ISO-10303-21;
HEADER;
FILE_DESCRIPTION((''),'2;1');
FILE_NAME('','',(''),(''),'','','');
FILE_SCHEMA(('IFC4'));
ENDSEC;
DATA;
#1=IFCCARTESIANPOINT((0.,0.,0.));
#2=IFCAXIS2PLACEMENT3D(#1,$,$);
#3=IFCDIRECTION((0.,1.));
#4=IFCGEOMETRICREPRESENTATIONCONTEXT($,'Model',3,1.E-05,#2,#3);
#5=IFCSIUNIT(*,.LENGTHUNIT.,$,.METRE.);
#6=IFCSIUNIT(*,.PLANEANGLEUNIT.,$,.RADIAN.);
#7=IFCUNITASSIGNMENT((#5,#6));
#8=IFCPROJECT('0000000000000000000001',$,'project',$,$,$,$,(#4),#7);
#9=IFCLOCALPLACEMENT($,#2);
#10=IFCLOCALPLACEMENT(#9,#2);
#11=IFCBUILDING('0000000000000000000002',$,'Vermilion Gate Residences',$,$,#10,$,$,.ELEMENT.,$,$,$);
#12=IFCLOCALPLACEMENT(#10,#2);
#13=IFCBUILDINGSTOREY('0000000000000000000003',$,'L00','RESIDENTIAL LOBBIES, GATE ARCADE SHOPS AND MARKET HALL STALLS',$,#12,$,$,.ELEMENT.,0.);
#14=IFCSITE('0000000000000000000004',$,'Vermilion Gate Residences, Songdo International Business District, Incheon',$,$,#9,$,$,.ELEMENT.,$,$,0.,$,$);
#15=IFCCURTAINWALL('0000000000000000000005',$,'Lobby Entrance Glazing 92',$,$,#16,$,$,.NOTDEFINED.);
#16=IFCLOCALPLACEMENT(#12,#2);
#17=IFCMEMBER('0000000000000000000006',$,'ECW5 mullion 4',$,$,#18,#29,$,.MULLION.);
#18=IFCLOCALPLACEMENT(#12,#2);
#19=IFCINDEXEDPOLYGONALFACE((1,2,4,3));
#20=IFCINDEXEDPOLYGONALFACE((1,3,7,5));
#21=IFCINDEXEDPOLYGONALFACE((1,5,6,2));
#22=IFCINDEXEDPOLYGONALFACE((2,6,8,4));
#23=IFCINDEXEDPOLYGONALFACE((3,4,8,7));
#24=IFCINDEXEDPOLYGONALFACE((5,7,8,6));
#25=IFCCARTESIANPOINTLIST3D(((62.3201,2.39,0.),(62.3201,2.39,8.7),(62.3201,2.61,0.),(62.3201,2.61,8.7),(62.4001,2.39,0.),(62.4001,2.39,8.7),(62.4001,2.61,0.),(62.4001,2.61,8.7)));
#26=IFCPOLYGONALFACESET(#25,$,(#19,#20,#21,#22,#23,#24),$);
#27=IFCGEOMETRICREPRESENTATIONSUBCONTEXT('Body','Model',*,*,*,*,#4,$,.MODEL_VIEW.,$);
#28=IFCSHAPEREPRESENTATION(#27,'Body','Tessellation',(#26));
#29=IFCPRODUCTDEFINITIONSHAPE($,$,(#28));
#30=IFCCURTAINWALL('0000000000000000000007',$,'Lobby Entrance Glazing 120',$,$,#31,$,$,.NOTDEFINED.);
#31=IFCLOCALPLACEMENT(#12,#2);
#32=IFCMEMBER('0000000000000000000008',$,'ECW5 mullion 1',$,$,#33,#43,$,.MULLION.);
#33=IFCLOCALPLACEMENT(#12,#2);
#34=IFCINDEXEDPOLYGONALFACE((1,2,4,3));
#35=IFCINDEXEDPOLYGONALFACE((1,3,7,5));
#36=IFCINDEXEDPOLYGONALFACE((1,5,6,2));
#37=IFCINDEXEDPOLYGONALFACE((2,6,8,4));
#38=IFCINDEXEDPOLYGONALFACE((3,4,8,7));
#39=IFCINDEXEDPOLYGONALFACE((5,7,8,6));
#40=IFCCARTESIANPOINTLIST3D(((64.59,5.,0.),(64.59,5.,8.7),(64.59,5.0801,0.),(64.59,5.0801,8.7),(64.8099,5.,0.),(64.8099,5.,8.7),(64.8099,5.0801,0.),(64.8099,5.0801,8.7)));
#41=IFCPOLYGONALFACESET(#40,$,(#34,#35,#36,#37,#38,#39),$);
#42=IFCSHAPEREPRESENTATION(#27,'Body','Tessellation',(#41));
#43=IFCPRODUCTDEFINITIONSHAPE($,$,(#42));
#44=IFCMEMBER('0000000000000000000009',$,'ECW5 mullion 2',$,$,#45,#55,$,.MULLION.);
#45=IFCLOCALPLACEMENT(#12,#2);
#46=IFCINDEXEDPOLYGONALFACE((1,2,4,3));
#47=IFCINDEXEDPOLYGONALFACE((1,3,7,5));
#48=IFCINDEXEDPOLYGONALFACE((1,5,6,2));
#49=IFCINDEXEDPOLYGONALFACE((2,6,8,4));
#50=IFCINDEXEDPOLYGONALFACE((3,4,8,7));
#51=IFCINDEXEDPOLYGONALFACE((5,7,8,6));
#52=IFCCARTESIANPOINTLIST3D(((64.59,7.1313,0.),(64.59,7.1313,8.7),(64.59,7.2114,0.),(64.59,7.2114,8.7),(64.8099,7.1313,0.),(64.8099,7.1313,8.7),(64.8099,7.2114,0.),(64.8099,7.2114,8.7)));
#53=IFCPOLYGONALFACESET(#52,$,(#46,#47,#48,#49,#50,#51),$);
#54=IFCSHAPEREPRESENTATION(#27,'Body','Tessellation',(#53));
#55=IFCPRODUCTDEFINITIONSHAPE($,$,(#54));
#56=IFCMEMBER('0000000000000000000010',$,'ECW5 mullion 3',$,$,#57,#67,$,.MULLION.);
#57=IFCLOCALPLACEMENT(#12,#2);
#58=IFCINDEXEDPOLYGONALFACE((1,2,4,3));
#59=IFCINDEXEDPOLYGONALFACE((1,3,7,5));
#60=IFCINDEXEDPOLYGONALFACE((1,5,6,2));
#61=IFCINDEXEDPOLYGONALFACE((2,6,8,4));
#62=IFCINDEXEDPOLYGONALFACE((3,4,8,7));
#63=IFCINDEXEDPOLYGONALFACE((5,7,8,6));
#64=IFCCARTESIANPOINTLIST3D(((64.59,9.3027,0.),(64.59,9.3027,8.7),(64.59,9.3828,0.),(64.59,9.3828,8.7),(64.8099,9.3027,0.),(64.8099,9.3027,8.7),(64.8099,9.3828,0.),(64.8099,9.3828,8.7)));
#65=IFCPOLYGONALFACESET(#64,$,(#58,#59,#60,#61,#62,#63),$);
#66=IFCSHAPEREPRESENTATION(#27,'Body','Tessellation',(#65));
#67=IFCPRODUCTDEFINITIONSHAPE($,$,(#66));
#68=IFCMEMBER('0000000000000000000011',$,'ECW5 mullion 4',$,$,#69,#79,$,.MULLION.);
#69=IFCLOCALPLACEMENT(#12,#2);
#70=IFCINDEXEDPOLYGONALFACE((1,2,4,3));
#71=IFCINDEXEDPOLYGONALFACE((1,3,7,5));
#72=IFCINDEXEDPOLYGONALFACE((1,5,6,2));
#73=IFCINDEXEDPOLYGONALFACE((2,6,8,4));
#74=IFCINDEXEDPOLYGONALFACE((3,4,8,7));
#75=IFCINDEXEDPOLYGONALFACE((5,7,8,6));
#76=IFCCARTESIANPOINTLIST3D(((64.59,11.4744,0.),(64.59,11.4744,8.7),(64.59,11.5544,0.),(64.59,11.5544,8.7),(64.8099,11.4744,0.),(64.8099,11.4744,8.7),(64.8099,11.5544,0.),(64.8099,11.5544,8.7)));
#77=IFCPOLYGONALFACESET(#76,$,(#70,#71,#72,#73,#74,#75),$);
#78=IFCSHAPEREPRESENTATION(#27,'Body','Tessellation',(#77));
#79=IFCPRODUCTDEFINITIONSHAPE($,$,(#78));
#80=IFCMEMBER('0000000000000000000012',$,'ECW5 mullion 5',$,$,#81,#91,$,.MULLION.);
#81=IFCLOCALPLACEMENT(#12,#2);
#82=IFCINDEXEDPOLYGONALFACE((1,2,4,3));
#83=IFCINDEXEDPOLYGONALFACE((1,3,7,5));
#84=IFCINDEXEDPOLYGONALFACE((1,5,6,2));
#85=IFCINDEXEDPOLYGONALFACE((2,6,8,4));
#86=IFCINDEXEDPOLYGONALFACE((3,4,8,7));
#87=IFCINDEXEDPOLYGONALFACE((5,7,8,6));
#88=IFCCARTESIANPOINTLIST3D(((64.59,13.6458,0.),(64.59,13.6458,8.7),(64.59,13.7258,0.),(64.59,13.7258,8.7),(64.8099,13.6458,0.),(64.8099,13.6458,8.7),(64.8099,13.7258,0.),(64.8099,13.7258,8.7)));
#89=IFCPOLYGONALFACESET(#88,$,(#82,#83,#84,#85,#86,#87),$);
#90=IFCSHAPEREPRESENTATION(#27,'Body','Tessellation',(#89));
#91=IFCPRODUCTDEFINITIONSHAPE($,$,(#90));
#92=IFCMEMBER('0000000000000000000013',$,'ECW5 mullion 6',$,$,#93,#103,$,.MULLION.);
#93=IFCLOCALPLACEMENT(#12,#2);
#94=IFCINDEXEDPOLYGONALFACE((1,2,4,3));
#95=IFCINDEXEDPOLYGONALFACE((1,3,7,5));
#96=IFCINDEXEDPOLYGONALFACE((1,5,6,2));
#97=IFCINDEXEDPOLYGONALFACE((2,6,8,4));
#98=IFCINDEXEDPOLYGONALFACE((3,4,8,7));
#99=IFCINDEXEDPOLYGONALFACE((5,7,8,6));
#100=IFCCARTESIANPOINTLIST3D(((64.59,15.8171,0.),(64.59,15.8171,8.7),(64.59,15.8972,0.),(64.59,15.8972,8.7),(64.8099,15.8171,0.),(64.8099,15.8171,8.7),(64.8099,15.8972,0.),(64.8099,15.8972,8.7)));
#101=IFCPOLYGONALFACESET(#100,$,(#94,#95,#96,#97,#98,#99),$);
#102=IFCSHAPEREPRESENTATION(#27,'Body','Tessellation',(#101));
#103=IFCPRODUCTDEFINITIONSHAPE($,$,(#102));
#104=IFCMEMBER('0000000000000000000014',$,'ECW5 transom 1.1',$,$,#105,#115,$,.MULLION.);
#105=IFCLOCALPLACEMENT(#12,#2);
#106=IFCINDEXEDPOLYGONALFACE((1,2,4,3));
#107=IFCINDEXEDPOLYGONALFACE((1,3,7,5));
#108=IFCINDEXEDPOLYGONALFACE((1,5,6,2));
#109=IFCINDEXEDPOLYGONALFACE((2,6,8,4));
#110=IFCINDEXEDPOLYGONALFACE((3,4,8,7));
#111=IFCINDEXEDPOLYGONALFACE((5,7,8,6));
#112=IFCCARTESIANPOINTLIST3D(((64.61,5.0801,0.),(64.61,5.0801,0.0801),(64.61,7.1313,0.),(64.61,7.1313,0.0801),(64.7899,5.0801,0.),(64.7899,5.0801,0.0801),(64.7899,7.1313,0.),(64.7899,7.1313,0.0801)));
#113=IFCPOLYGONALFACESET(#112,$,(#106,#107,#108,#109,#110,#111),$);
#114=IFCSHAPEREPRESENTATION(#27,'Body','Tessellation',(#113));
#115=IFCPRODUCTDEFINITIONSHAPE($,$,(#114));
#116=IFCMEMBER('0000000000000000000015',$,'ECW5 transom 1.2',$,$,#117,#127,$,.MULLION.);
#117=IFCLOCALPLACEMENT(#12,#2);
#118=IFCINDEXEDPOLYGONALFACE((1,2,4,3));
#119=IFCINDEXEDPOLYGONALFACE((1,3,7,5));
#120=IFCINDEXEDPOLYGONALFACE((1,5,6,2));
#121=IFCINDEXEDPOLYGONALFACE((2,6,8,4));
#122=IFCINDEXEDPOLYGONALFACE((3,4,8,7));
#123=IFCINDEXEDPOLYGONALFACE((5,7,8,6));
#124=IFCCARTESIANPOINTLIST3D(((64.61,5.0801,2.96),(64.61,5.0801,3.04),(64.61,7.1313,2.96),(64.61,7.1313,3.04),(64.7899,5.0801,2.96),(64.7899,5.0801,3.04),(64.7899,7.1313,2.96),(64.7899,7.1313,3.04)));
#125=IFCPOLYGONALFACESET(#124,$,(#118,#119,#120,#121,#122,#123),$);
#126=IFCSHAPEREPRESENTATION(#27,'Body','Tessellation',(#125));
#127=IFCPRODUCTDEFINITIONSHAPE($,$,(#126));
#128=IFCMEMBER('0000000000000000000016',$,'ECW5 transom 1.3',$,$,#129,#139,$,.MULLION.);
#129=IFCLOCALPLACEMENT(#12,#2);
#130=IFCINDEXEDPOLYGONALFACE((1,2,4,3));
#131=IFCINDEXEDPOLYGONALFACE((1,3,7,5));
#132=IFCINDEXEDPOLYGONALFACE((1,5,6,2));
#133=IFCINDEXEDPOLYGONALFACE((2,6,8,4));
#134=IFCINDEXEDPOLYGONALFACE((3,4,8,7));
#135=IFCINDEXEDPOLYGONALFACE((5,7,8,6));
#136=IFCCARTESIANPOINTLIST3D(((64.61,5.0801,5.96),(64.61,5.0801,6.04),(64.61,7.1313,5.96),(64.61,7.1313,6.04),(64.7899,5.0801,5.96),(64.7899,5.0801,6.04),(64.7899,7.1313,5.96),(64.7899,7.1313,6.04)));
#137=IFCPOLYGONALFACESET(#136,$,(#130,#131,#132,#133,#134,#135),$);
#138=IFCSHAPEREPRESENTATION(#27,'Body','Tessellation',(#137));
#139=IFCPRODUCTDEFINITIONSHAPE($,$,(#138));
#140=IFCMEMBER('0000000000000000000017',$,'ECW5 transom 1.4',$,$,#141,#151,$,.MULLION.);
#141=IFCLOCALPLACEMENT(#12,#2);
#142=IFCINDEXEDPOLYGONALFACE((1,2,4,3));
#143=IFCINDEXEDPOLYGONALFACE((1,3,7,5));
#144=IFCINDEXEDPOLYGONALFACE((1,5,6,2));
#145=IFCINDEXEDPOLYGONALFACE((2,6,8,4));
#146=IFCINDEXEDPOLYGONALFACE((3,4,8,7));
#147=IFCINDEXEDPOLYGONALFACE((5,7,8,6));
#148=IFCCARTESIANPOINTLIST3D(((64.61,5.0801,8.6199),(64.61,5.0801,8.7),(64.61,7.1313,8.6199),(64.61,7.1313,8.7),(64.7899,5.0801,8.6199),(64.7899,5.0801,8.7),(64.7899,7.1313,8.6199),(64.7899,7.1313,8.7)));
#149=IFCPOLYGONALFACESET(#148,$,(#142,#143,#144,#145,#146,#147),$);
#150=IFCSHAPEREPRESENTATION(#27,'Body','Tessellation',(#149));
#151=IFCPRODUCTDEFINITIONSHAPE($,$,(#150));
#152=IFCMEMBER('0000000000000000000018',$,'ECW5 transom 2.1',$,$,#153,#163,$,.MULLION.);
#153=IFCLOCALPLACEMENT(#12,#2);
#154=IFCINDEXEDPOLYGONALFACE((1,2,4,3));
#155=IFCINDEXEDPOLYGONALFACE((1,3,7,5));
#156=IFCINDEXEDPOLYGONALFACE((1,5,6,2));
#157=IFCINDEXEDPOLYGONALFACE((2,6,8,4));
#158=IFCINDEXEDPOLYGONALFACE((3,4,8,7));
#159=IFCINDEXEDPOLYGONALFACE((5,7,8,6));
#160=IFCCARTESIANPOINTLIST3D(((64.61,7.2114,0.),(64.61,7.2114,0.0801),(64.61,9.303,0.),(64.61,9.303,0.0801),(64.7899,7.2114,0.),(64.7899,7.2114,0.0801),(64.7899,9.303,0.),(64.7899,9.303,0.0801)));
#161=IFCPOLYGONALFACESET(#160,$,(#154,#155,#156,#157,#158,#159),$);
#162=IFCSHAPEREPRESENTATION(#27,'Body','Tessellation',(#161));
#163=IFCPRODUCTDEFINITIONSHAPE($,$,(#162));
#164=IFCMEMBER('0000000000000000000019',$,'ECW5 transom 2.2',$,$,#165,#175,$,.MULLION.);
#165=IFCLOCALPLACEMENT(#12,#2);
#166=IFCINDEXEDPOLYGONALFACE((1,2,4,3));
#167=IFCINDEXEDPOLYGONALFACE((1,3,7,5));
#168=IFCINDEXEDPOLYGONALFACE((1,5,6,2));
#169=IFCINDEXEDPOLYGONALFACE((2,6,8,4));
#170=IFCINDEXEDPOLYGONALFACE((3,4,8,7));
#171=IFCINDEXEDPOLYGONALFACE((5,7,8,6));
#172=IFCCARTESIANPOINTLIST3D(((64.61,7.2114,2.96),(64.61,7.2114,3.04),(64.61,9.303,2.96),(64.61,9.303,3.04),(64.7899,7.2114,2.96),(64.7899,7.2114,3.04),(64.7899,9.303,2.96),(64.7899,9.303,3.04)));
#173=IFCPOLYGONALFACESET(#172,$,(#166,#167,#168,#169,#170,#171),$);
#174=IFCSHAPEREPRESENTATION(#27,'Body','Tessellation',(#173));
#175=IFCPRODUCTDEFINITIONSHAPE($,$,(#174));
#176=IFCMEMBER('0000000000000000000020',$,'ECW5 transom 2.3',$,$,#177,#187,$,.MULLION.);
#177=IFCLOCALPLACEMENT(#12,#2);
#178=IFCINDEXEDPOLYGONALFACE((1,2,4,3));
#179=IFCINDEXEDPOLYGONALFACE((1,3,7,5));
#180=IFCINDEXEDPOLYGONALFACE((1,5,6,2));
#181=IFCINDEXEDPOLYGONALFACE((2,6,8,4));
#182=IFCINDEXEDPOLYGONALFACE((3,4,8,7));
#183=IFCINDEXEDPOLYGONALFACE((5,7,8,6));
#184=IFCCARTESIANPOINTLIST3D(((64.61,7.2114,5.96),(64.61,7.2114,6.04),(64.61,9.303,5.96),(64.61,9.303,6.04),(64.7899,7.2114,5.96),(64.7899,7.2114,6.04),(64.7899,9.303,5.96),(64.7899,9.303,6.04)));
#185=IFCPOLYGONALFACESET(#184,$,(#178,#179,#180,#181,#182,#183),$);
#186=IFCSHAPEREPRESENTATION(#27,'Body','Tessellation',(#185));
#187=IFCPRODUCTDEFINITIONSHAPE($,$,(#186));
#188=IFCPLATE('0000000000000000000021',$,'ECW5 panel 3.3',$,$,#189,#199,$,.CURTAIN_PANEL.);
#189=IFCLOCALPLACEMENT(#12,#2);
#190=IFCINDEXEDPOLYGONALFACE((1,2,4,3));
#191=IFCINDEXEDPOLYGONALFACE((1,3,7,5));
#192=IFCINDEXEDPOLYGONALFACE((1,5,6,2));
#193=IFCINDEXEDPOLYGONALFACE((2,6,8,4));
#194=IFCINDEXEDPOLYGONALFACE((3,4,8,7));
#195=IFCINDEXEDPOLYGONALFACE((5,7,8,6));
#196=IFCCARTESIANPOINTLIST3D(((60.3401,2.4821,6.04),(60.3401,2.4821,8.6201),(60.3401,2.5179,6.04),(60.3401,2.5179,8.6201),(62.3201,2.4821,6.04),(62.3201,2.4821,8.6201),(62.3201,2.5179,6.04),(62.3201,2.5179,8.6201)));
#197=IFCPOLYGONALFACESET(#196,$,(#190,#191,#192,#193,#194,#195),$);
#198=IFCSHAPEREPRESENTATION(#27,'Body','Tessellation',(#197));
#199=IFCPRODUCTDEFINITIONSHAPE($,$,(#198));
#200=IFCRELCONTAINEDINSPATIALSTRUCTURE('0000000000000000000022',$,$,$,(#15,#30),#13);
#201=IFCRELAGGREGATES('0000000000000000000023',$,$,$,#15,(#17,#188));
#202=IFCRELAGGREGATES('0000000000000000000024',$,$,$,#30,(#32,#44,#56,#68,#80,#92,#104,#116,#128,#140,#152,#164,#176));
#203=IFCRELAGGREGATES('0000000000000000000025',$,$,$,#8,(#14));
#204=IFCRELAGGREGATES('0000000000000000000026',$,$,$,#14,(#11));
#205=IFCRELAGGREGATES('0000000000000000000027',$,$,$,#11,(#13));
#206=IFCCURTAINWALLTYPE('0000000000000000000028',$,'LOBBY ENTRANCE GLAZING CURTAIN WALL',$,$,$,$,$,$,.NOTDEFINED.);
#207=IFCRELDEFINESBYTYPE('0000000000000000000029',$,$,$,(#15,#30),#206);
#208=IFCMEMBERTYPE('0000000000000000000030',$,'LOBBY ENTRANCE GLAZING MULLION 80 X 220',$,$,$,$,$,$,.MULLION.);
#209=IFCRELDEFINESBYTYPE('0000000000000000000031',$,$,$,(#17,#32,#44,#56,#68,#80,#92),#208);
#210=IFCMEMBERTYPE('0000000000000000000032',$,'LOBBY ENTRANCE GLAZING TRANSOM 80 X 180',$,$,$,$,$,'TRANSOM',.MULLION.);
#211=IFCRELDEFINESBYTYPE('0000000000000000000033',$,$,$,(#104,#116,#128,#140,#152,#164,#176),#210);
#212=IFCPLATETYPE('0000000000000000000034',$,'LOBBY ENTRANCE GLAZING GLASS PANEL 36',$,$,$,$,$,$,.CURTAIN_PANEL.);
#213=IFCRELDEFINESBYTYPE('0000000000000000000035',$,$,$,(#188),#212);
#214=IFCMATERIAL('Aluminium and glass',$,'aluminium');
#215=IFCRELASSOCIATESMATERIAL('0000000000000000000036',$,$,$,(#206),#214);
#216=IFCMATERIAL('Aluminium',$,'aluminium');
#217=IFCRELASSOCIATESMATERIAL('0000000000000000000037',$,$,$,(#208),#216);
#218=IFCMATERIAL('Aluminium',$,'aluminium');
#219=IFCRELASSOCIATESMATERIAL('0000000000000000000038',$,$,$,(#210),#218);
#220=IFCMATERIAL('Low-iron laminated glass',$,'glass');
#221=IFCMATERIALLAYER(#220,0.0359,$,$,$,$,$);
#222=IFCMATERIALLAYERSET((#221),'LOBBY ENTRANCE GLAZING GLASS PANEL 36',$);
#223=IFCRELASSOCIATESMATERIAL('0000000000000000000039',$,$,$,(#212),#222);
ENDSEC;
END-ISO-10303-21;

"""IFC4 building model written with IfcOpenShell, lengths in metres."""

from ifc_helpers import new_model, si_unit, direction, frame, origin, origin_2d, place, context, subcontext, project, spatial, rectangle, extrude, material, layer, layer_set, material_profile, profile_set, type_object, element, aggregate, save


model = new_model("IFC4")

# Units and contexts
model_context = context("Model", 3, precision=1e-05, world=origin(), true_north=direction((0.0, 1.0)))
body_context = subcontext(model_context, "Body", "Model", "MODEL_VIEW")
ifc_project = project(units=[si_unit("LENGTHUNIT", "METRE"), si_unit("PLANEANGLEUNIT", "RADIAN")], contexts=[model_context])

# Site, building, storey
site_placement = place(None, origin())
site = spatial("IfcSite", under=ifc_project, at=site_placement, Name="Vermilion Gate Residences, Songdo International Business District, Incheon", CompositionType="ELEMENT", RefElevation=0.0)
building_placement = place(site_placement, origin())
building = spatial("IfcBuilding", under=site, at=building_placement, Name="Vermilion Gate Residences", CompositionType="ELEMENT")
storey_placement = place(building_placement, origin())
storey = spatial("IfcBuildingStorey", under=building, at=storey_placement, Name="L00", Description="RESIDENTIAL LOBBIES, GATE ARCADE SHOPS AND MARKET HALL STALLS", CompositionType="ELEMENT", Elevation=0.0)

# Curtain wall, member
ifc_material_1 = material(Name="Aluminium and glass", Category="aluminium")
curtain_wall_type = type_object("IfcCurtainWallType", Name="LOBBY ENTRANCE GLAZING CURTAIN WALL", PredefinedType="NOTDEFINED", material=ifc_material_1)
curtain_wall_1_placement = place(storey_placement, origin())
curtain_wall_1 = element("IfcCurtainWall", 1, at=curtain_wall_1_placement, inside=storey, type_object=curtain_wall_type, Name="Lobby Entrance Glazing 92", PredefinedType="NOTDEFINED")
ifc_material_2 = material(Name="Aluminium", Category="aluminium")
ifc_material_profile_1 = material_profile(ifc_material_2, rectangle(XDim=0.22, YDim=0.0801, at=origin_2d()), Name="MULLION 80 X 220")
ifc_profile_set_1 = profile_set([ifc_material_profile_1], Name="Aluminium")
member_type_1 = type_object("IfcMemberType", Name="LOBBY ENTRANCE GLAZING MULLION 80 X 220", PredefinedType="MULLION", material=ifc_profile_set_1)
member_1_placement = place(storey_placement, frame((62.3601, 2.5, 0.0), z_axis=(0.0, 0.0, 1.0), x_axis=(0.0, 1.0, 0.0)))
member_1 = element("IfcMember", 2, at=member_1_placement, type_object=member_type_1, Name="ECW5 mullion 4", PredefinedType="MULLION", context=body_context, shape_type="SweptSolid", body=[
    extrude(rectangle(XDim=0.22, YDim=0.0801, at=origin_2d()), origin(), (0.0, 0.0, 1.0), 8.7),
])

# Curtain wall, members
curtain_wall_2_placement = place(storey_placement, origin())
curtain_wall_2 = element("IfcCurtainWall", 3, at=curtain_wall_2_placement, inside=storey, type_object=curtain_wall_type, Name="Lobby Entrance Glazing 120", PredefinedType="NOTDEFINED")
member_2_placement = place(storey_placement, frame((64.7, 5.04, 0.0), z_axis=(0.0, 0.0, 1.0), x_axis=(-1.0, 0.0, 0.0)))
member_2 = element("IfcMember", 4, at=member_2_placement, type_object=member_type_1, Name="ECW5 mullion 1", PredefinedType="MULLION", context=body_context, shape_type="SweptSolid", body=[
    extrude(rectangle(XDim=0.22, YDim=0.0801, at=origin_2d()), origin(), (0.0, 0.0, 1.0), 8.7),
])
member_3_placement = place(storey_placement, frame((64.7, 7.1714, 0.0), z_axis=(0.0, 0.0, 1.0), x_axis=(-1.0, 0.0, 0.0)))
member_3 = element("IfcMember", 5, at=member_3_placement, type_object=member_type_1, Name="ECW5 mullion 2", PredefinedType="MULLION", context=body_context, shape_type="SweptSolid", body=[
    extrude(rectangle(XDim=0.22, YDim=0.0801, at=origin_2d()), origin(), (0.0, 0.0, 1.0), 8.7),
])
member_4_placement = place(storey_placement, frame((64.7, 9.3428, 0.0), z_axis=(0.0, 0.0, 1.0), x_axis=(-1.0, 0.0, 0.0)))
member_4 = element("IfcMember", 6, at=member_4_placement, type_object=member_type_1, Name="ECW5 mullion 3", PredefinedType="MULLION", context=body_context, shape_type="SweptSolid", body=[
    extrude(rectangle(XDim=0.22, YDim=0.0801, at=origin_2d()), origin(), (0.0, 0.0, 1.0), 8.7),
])
member_5_placement = place(storey_placement, frame((64.7, 11.5144, 0.0), z_axis=(0.0, 0.0, 1.0), x_axis=(-1.0, 0.0, 0.0)))
member_5 = element("IfcMember", 7, at=member_5_placement, type_object=member_type_1, Name="ECW5 mullion 4", PredefinedType="MULLION", context=body_context, shape_type="SweptSolid", body=[
    extrude(rectangle(XDim=0.22, YDim=0.0801, at=origin_2d()), origin(), (0.0, 0.0, 1.0), 8.7),
])
member_6_placement = place(storey_placement, frame((64.7, 13.6858, 0.0), z_axis=(0.0, 0.0, 1.0), x_axis=(-1.0, 0.0, 0.0)))
member_6 = element("IfcMember", 8, at=member_6_placement, type_object=member_type_1, Name="ECW5 mullion 5", PredefinedType="MULLION", context=body_context, shape_type="SweptSolid", body=[
    extrude(rectangle(XDim=0.22, YDim=0.0801, at=origin_2d()), origin(), (0.0, 0.0, 1.0), 8.7),
])
member_7_placement = place(storey_placement, frame((64.7, 15.8572, 0.0), z_axis=(0.0, 0.0, 1.0), x_axis=(-1.0, 0.0, 0.0)))
member_7 = element("IfcMember", 9, at=member_7_placement, type_object=member_type_1, Name="ECW5 mullion 6", PredefinedType="MULLION", context=body_context, shape_type="SweptSolid", body=[
    extrude(rectangle(XDim=0.22, YDim=0.0801, at=origin_2d()), origin(), (0.0, 0.0, 1.0), 8.7),
])
ifc_material_3 = material(Name="Aluminium", Category="aluminium")
ifc_material_profile_2 = material_profile(ifc_material_3, rectangle(XDim=0.1799, YDim=0.0801, at=origin_2d()), Name="TRANSOM 80 X 180")
ifc_profile_set_2 = profile_set([ifc_material_profile_2], Name="Aluminium")
member_type_2 = type_object("IfcMemberType", Name="LOBBY ENTRANCE GLAZING TRANSOM 80 X 180", ElementType="TRANSOM", PredefinedType="MULLION", material=ifc_profile_set_2)
member_8_placement = place(storey_placement, frame((64.7, 5.0801, 0.04), z_axis=(0.0, 1.0, 0.0), x_axis=(-1.0, 0.0, 0.0)))
member_8 = element("IfcMember", 10, at=member_8_placement, type_object=member_type_2, Name="ECW5 transom 1.1", PredefinedType="MULLION", context=body_context, shape_type="SweptSolid", body=[
    extrude(rectangle(XDim=0.1799, YDim=0.0801, at=origin_2d()), origin(), (0.0, 0.0, 1.0), 2.0513),
])
member_9_placement = place(storey_placement, frame((64.7, 5.0801, 3.0), z_axis=(0.0, 1.0, 0.0), x_axis=(-1.0, 0.0, 0.0)))
member_9 = element("IfcMember", 11, at=member_9_placement, type_object=member_type_2, Name="ECW5 transom 1.2", PredefinedType="MULLION", context=body_context, shape_type="SweptSolid", body=[
    extrude(rectangle(XDim=0.1799, YDim=0.0801, at=origin_2d()), origin(), (0.0, 0.0, 1.0), 2.0513),
])
member_10_placement = place(storey_placement, frame((64.7, 5.0801, 6.0), z_axis=(0.0, 1.0, 0.0), x_axis=(-1.0, 0.0, 0.0)))
member_10 = element("IfcMember", 12, at=member_10_placement, type_object=member_type_2, Name="ECW5 transom 1.3", PredefinedType="MULLION", context=body_context, shape_type="SweptSolid", body=[
    extrude(rectangle(XDim=0.1799, YDim=0.0801, at=origin_2d()), origin(), (0.0, 0.0, 1.0), 2.0513),
])
member_11_placement = place(storey_placement, frame((64.7, 5.0801, 8.6599), z_axis=(0.0, 1.0, 0.0), x_axis=(-1.0, 0.0, 0.0)))
member_11 = element("IfcMember", 13, at=member_11_placement, type_object=member_type_2, Name="ECW5 transom 1.4", PredefinedType="MULLION", context=body_context, shape_type="SweptSolid", body=[
    extrude(rectangle(XDim=0.1799, YDim=0.0801, at=origin_2d()), origin(), (0.0, 0.0, 1.0), 2.0513),
])
member_12_placement = place(storey_placement, frame((64.7, 7.2114, 0.04), z_axis=(0.0, 1.0, 0.0), x_axis=(-1.0, 0.0, 0.0)))
member_12 = element("IfcMember", 14, at=member_12_placement, type_object=member_type_2, Name="ECW5 transom 2.1", PredefinedType="MULLION", context=body_context, shape_type="SweptSolid", body=[
    extrude(rectangle(XDim=0.1799, YDim=0.0801, at=origin_2d()), origin(), (0.0, 0.0, 1.0), 2.0916),
])
member_13_placement = place(storey_placement, frame((64.7, 7.2114, 3.0), z_axis=(0.0, 1.0, 0.0), x_axis=(-1.0, 0.0, 0.0)))
member_13 = element("IfcMember", 15, at=member_13_placement, type_object=member_type_2, Name="ECW5 transom 2.2", PredefinedType="MULLION", context=body_context, shape_type="SweptSolid", body=[
    extrude(rectangle(XDim=0.1799, YDim=0.0801, at=origin_2d()), origin(), (0.0, 0.0, 1.0), 2.0916),
])
member_14_placement = place(storey_placement, frame((64.7, 7.2114, 6.0), z_axis=(0.0, 1.0, 0.0), x_axis=(-1.0, 0.0, 0.0)))
member_14 = element("IfcMember", 16, at=member_14_placement, type_object=member_type_2, Name="ECW5 transom 2.3", PredefinedType="MULLION", context=body_context, shape_type="SweptSolid", body=[
    extrude(rectangle(XDim=0.1799, YDim=0.0801, at=origin_2d()), origin(), (0.0, 0.0, 1.0), 2.0916),
])

# Plate
ifc_material_4 = material(Name="Low-iron laminated glass", Category="glass")
ifc_layer_1 = layer(ifc_material_4, 0.0359)
ifc_layer_set_1 = layer_set([ifc_layer_1], Name="LOBBY ENTRANCE GLAZING GLASS PANEL 36")
plate_type = type_object("IfcPlateType", Name="LOBBY ENTRANCE GLAZING GLASS PANEL 36", PredefinedType="CURTAIN_PANEL", material=ifc_layer_set_1)
plate_1_placement = place(storey_placement, frame((61.3301, 2.5, 6.04), z_axis=(0.0, 0.0, 1.0), x_axis=(1.0, 0.0, 0.0)))
plate_1 = element("IfcPlate", 17, at=plate_1_placement, type_object=plate_type, Name="ECW5 panel 3.3", PredefinedType="CURTAIN_PANEL", context=body_context, shape_type="SweptSolid", body=[
    extrude(rectangle(XDim=1.98, YDim=0.0359, at=origin_2d()), origin(), (0.0, 0.0, 1.0), 2.5801),
])
aggregate(curtain_wall_1, [member_1, plate_1])
aggregate(curtain_wall_2, [member_2, member_3, member_4, member_5, member_6, member_7, member_8, member_9, member_10, member_11, member_12, member_13, member_14])

save(model, "model.ifc")
